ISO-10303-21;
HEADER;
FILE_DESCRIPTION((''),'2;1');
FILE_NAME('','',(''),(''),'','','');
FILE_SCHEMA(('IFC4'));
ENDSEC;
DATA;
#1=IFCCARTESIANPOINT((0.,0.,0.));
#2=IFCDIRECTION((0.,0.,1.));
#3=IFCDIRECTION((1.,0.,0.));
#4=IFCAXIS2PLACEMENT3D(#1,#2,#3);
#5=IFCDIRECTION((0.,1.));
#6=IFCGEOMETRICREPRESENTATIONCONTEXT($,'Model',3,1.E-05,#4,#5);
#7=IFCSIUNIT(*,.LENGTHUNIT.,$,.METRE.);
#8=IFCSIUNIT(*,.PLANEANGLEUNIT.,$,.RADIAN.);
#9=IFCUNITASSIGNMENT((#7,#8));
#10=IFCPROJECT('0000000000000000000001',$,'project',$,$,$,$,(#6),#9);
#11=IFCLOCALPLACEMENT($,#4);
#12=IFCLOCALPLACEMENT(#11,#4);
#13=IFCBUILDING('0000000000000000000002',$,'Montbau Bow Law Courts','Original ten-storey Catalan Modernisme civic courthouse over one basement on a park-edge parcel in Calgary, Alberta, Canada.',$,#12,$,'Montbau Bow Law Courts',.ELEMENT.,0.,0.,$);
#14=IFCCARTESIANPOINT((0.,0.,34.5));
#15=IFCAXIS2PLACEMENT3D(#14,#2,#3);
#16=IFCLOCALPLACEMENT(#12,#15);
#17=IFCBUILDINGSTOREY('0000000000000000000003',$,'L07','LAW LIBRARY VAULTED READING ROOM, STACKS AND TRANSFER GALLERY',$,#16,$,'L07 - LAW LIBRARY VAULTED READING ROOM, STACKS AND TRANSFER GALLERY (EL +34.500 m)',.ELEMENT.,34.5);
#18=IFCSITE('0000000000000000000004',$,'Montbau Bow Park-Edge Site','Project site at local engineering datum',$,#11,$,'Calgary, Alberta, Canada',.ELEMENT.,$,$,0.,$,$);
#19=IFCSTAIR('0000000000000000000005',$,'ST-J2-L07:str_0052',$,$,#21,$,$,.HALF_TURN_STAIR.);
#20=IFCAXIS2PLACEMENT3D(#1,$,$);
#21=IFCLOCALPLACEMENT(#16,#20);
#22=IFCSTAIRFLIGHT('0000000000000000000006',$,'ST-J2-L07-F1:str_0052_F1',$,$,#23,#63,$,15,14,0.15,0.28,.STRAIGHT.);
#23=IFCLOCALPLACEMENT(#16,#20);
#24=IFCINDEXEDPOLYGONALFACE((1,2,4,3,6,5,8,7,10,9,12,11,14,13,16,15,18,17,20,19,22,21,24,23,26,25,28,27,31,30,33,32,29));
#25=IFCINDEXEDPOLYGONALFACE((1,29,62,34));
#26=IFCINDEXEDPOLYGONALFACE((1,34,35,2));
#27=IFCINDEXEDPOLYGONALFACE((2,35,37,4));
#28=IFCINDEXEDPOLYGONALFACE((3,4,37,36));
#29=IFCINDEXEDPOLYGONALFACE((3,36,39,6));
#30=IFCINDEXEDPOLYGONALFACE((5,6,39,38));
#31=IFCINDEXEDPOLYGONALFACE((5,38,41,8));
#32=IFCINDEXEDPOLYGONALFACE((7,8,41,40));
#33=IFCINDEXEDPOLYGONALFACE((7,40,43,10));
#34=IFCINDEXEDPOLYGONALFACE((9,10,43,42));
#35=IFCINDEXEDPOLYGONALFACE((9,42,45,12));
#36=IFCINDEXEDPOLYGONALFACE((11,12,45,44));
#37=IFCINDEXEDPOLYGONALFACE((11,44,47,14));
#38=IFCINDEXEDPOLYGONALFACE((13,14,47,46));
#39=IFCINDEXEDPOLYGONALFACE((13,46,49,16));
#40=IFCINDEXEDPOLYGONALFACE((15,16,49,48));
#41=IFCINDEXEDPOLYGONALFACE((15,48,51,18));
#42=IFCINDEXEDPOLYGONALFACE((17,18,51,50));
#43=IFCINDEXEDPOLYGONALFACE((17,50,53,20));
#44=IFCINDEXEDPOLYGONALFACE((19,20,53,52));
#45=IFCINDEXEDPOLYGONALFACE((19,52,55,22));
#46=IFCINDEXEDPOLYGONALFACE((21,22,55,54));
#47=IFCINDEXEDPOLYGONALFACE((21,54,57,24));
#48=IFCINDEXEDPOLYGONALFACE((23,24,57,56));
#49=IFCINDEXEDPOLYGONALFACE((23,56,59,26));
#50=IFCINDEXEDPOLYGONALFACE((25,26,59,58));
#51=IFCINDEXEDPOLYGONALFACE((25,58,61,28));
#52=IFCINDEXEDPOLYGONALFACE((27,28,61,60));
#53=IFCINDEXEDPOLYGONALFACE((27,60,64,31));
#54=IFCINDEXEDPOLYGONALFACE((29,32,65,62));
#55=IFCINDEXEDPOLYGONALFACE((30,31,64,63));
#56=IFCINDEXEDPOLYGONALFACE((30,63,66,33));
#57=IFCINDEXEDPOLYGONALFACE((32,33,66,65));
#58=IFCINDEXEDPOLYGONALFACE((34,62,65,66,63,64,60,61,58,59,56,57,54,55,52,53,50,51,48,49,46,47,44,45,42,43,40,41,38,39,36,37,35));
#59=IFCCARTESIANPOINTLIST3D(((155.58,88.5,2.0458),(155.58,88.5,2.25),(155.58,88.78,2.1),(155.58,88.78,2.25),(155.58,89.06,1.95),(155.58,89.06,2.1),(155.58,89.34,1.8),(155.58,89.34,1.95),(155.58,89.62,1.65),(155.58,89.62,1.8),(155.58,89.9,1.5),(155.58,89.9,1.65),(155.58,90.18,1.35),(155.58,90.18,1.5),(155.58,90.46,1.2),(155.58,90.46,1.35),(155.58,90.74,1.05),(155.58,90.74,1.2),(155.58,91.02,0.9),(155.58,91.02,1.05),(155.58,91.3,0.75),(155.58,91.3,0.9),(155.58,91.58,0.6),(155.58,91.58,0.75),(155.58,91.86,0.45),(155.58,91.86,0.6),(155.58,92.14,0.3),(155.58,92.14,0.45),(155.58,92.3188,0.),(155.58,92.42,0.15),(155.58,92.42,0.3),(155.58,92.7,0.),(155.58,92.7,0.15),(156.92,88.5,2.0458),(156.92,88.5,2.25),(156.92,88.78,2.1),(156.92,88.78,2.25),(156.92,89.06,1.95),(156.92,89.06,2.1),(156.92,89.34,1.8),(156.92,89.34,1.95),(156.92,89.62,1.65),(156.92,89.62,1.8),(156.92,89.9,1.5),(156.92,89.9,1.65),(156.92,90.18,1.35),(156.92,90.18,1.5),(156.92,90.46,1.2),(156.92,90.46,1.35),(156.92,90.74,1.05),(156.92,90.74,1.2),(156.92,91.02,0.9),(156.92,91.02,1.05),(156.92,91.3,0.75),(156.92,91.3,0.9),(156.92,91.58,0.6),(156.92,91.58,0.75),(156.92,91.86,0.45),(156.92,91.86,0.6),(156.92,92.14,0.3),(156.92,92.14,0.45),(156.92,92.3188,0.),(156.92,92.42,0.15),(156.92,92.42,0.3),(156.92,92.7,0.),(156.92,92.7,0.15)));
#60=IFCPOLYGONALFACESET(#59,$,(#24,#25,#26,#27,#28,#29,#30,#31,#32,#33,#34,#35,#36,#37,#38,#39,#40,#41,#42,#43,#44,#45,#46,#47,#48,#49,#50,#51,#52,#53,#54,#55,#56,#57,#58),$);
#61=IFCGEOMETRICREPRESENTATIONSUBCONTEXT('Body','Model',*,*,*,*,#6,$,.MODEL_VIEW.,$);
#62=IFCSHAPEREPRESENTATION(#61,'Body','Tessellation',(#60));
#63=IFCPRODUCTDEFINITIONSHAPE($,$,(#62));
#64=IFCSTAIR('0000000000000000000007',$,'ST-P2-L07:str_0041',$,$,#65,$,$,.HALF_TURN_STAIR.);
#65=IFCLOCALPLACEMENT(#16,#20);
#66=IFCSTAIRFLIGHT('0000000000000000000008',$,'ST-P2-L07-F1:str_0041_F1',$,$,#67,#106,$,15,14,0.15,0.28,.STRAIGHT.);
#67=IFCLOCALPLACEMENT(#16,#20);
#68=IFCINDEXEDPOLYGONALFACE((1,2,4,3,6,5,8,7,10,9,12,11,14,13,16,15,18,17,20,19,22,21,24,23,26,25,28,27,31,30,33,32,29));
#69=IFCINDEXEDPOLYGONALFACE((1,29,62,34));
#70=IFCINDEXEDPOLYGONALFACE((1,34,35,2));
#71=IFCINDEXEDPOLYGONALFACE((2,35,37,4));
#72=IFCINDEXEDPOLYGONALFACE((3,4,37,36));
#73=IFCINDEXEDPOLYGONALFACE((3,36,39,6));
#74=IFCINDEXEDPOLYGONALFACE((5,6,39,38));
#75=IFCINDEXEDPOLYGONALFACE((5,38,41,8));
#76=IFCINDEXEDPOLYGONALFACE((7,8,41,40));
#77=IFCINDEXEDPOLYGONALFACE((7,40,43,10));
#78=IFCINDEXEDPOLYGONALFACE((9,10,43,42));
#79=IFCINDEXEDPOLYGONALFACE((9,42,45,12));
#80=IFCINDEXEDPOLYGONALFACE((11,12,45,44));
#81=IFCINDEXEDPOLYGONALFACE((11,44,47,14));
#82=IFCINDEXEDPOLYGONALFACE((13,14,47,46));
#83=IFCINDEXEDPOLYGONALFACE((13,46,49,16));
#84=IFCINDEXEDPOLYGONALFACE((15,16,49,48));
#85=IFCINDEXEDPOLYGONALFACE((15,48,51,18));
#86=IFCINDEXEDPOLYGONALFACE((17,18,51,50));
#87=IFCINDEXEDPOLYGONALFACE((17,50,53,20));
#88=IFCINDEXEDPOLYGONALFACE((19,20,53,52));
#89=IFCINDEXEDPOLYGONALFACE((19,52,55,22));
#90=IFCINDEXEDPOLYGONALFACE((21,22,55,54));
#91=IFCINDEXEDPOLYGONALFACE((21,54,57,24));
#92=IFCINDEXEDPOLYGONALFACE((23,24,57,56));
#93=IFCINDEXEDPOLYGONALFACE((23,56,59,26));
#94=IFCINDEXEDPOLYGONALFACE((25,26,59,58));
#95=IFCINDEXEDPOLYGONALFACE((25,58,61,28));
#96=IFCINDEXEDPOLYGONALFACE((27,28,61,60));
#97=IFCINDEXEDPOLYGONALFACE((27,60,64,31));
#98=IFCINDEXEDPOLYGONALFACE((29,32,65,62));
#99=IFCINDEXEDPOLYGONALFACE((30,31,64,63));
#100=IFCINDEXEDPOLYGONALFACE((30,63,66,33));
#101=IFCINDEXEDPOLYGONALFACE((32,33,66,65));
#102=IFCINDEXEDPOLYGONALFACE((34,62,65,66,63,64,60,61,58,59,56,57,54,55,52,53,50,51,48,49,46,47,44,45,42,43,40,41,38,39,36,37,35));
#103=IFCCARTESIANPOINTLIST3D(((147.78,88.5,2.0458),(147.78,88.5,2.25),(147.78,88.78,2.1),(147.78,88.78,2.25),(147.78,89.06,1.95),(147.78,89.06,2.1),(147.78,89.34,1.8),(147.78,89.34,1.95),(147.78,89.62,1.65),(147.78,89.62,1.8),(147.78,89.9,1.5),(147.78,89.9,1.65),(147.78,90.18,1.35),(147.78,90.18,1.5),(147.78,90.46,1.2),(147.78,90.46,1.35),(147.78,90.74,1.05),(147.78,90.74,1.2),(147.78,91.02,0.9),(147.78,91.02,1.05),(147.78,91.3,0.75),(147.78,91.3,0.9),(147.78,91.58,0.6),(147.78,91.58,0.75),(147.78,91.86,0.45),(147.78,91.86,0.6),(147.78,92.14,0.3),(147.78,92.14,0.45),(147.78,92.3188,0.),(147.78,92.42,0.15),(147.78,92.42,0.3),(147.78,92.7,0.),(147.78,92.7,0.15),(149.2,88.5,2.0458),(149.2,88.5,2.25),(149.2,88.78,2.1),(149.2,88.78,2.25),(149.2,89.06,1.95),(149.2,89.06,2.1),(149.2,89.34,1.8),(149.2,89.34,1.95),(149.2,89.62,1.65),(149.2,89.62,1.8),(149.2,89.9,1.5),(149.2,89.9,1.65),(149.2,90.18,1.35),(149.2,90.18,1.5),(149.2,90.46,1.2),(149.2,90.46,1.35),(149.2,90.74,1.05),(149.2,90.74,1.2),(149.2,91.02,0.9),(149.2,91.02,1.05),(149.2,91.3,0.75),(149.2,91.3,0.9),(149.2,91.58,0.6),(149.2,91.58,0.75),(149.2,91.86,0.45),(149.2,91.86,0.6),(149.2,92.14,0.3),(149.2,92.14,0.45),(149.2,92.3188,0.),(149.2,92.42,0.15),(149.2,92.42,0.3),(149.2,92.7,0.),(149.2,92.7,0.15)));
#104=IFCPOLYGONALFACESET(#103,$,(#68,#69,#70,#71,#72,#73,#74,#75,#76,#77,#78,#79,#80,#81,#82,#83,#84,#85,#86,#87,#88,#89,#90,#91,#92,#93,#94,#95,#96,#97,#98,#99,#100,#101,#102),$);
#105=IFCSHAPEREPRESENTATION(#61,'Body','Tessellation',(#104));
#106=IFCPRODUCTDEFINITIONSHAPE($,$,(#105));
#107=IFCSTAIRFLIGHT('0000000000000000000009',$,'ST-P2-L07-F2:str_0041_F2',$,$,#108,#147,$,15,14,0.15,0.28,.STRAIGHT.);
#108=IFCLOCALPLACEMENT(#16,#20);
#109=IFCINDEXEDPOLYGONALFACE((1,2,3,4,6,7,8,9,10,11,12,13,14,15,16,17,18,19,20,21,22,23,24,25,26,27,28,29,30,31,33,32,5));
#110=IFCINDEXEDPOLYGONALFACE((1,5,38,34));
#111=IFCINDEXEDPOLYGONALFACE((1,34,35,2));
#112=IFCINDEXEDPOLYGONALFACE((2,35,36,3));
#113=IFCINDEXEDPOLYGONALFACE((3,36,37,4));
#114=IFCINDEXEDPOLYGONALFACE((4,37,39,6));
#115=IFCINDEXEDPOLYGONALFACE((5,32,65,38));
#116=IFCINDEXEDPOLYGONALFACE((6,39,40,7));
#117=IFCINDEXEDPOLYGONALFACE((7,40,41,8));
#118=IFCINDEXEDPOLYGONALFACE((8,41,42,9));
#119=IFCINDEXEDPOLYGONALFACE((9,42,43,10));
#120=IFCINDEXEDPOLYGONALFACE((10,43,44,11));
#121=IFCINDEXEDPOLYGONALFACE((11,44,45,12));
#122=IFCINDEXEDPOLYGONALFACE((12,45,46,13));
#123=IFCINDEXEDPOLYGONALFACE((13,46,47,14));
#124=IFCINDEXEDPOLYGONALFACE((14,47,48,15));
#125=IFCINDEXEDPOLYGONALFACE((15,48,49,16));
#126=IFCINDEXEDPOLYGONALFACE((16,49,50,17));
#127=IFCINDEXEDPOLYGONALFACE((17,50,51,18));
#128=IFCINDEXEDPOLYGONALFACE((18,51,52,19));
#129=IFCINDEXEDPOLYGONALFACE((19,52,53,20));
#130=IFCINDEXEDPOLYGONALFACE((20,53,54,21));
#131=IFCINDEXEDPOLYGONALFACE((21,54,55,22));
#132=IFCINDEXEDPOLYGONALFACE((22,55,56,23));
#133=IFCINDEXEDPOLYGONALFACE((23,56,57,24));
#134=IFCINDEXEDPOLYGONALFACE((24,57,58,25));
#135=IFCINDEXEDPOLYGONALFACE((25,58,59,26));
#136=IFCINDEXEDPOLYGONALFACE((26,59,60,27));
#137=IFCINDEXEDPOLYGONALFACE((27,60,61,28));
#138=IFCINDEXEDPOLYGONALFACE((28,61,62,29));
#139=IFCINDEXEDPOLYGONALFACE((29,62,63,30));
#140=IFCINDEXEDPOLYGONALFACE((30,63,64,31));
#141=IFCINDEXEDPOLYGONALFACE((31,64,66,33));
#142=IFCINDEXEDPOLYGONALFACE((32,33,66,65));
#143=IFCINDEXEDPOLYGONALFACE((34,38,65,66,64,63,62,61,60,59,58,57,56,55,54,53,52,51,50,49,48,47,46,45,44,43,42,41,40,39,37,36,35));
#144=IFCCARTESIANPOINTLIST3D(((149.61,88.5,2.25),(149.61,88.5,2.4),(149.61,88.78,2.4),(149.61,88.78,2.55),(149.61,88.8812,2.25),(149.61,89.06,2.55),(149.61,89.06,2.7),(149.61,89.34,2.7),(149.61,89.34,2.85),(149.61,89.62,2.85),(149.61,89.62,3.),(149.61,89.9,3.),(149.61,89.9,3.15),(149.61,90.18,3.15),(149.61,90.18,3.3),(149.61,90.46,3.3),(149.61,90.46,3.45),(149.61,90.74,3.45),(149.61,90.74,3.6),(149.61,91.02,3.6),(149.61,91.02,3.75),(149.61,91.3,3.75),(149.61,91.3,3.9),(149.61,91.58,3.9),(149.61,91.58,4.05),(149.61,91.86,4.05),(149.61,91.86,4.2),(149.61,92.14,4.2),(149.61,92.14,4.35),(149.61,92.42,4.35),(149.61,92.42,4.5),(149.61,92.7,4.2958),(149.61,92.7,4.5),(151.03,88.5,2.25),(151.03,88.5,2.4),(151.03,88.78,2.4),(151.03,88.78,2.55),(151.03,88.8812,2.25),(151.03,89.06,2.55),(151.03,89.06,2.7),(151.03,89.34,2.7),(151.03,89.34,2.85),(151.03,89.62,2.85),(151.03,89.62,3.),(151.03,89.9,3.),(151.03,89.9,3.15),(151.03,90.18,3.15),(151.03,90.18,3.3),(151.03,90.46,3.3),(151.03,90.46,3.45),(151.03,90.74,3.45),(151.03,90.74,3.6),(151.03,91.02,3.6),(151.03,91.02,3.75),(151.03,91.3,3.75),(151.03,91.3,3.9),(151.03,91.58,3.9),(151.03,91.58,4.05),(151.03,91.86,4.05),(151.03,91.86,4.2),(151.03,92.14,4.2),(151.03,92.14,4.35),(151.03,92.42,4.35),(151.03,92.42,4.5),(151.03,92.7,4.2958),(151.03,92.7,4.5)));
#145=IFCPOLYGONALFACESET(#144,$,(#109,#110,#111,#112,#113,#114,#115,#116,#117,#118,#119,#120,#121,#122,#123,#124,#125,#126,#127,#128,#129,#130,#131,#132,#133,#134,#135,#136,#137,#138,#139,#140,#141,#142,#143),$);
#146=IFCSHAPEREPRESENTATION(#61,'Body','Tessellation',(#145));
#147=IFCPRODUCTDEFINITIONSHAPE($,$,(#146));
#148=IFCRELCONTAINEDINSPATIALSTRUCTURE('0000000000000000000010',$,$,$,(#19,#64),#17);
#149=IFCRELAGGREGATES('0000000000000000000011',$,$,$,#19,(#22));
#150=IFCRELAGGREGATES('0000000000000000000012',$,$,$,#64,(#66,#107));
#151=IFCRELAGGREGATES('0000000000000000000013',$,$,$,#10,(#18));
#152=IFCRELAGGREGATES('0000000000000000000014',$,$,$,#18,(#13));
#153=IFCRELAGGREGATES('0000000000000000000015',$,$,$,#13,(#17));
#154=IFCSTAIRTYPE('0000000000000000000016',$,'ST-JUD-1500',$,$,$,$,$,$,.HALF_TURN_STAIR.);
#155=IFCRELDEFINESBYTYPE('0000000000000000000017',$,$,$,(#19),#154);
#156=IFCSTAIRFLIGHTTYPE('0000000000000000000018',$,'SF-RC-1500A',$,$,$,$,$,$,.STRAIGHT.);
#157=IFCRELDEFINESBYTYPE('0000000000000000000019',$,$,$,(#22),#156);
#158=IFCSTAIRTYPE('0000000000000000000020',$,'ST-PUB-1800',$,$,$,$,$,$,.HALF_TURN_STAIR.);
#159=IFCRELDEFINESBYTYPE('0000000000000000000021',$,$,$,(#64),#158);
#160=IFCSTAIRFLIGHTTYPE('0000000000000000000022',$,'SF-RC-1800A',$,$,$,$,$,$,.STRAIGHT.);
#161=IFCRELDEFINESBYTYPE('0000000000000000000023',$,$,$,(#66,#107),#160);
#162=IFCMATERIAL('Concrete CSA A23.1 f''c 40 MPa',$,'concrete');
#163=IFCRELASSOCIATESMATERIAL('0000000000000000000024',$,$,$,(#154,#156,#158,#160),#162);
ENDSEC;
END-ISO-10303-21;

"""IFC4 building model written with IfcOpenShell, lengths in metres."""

from ifc_helpers import new_model, si_unit, direction, frame, origin_with_axes, place, context, subcontext, project, spatial, polyline, outline, extrude, material, type_object, element, aggregate, save


model = new_model("IFC4")

# Units and contexts
model_context = context("Model", 3, precision=1e-05, world=origin_with_axes(), true_north=direction((0.0, 1.0)))
body_context = subcontext(model_context, "Body", "Model", "MODEL_VIEW")
ifc_project = project(units=[si_unit("LENGTHUNIT", "METRE"), si_unit("PLANEANGLEUNIT", "RADIAN")], contexts=[model_context])

# Site, building, storey
site_placement = place(None, origin_with_axes())
site = spatial("IfcSite", under=ifc_project, at=site_placement, Name="Montbau Bow Park-Edge Site", Description="Project site at local engineering datum", LongName="Calgary, Alberta, Canada", CompositionType="ELEMENT", RefElevation=0.0)
building_placement = place(site_placement, origin_with_axes())
building = spatial("IfcBuilding", under=site, at=building_placement, Name="Montbau Bow Law Courts", Description="Original ten-storey Catalan Modernisme civic courthouse over one basement on a park-edge parcel in Calgary, Alberta, Canada.", LongName="Montbau Bow Law Courts", CompositionType="ELEMENT", ElevationOfRefHeight=0.0, ElevationOfTerrain=0.0)
storey_placement = place(building_placement, frame((0.0, 0.0, 34.5), z_axis=(0.0, 0.0, 1.0), x_axis=(1.0, 0.0, 0.0)))
storey = spatial("IfcBuildingStorey", under=building, at=storey_placement, Name="L07", Description="LAW LIBRARY VAULTED READING ROOM, STACKS AND TRANSFER GALLERY", LongName="L07 - LAW LIBRARY VAULTED READING ROOM, STACKS AND TRANSFER GALLERY (EL +34.500 m)", CompositionType="ELEMENT", Elevation=34.5)

# Stair, stair flight
ifc_material_1 = material(Name="Concrete CSA A23.1 f'c 40 MPa", Category="concrete")
stair_type_1 = type_object("IfcStairType", Name="ST-JUD-1500", PredefinedType="HALF_TURN_STAIR", material=ifc_material_1)
stair_1_placement = place(None, frame((156.25, 92.7, 34.5), z_axis=(0.0, 0.0, 1.0), x_axis=(1.0, 0.0, 0.0)))
stair_1 = element("IfcStair", 1, at=stair_1_placement, inside=storey, type_object=stair_type_1, Name="ST-J2-L07:str_0052", PredefinedType="HALF_TURN_STAIR")
stair_flight_type_1 = type_object("IfcStairFlightType", Name="SF-RC-1500A", PredefinedType="STRAIGHT", material=ifc_material_1)
stair_flight_1_placement = place(None, frame((156.25, 92.7, 34.5), z_axis=(0.0, 0.0, 1.0), x_axis=(0.0, -1.0, 0.0)))
stair_flight_1 = element("IfcStairFlight", 2, at=stair_flight_1_placement, type_object=stair_flight_type_1, Name="ST-J2-L07-F1:str_0052_F1", NumberOfRisers=15, NumberOfTreads=14, PredefinedType="STRAIGHT", RiserHeight=0.15, TreadLength=0.28, context=body_context, shape_type="SweptSolid", body=[
    extrude(outline(polyline([(0.0, 0.0), (0.0, 0.15), (0.28, 0.15), (0.28, 0.3), (0.56, 0.3), (0.56, 0.45), (0.84, 0.45), (0.84, 0.6), (1.12, 0.6), (1.12, 0.75), (1.4, 0.75), (1.4, 0.9), (1.68, 0.9), (1.68, 1.05), (1.96, 1.05), (1.96, 1.2), (2.24, 1.2), (2.24, 1.35), (2.52, 1.35), (2.52, 1.5), (2.8, 1.5), (2.8, 1.65), (3.08, 1.65), (3.08, 1.8), (3.36, 1.8), (3.36, 1.95), (3.64, 1.95), (3.64, 2.1), (3.92, 2.1), (3.92, 2.25), (4.2, 2.25), (4.2, 2.0458), (0.3812, 0.0), (0.0, 0.0)])), frame((0.0, 0.67, 0.0), z_axis=(0.0, -1.0, 0.0), x_axis=(1.0, 0.0, 0.0)), (0.0, 0.0, 1.0), 1.34),
])
aggregate(stair_1, [stair_flight_1])

# Stair, stair flights
stair_type_2 = type_object("IfcStairType", Name="ST-PUB-1800", PredefinedType="HALF_TURN_STAIR", material=ifc_material_1)
stair_2_placement = place(None, frame((148.49, 92.7, 34.5), z_axis=(0.0, 0.0, 1.0), x_axis=(1.0, 0.0, 0.0)))
stair_2 = element("IfcStair", 3, at=stair_2_placement, inside=storey, type_object=stair_type_2, Name="ST-P2-L07:str_0041", PredefinedType="HALF_TURN_STAIR")
stair_flight_type_2 = type_object("IfcStairFlightType", Name="SF-RC-1800A", PredefinedType="STRAIGHT", material=ifc_material_1)
stair_flight_2_placement = place(None, frame((148.49, 92.7, 34.5), z_axis=(0.0, 0.0, 1.0), x_axis=(0.0, -1.0, 0.0)))
stair_flight_2 = element("IfcStairFlight", 4, at=stair_flight_2_placement, type_object=stair_flight_type_2, Name="ST-P2-L07-F1:str_0041_F1", NumberOfRisers=15, NumberOfTreads=14, PredefinedType="STRAIGHT", RiserHeight=0.15, TreadLength=0.28, context=body_context, shape_type="SweptSolid", body=[
    extrude(outline(polyline([(0.0, 0.0), (0.0, 0.15), (0.28, 0.15), (0.28, 0.3), (0.56, 0.3), (0.56, 0.45), (0.84, 0.45), (0.84, 0.6), (1.12, 0.6), (1.12, 0.75), (1.4, 0.75), (1.4, 0.9), (1.68, 0.9), (1.68, 1.05), (1.96, 1.05), (1.96, 1.2), (2.24, 1.2), (2.24, 1.35), (2.52, 1.35), (2.52, 1.5), (2.8, 1.5), (2.8, 1.65), (3.08, 1.65), (3.08, 1.8), (3.36, 1.8), (3.36, 1.95), (3.64, 1.95), (3.64, 2.1), (3.92, 2.1), (3.92, 2.25), (4.2, 2.25), (4.2, 2.0458), (0.3812, 0.0), (0.0, 0.0)])), frame((0.0, 0.71, 0.0), z_axis=(0.0, -1.0, 0.0), x_axis=(1.0, 0.0, 0.0)), (0.0, 0.0, 1.0), 1.42),
])
stair_flight_3_placement = place(None, frame((150.32, 88.5, 36.75), z_axis=(0.0, 0.0, 1.0), x_axis=(0.0, 1.0, 0.0)))
stair_flight_3 = element("IfcStairFlight", 5, at=stair_flight_3_placement, type_object=stair_flight_type_2, Name="ST-P2-L07-F2:str_0041_F2", NumberOfRisers=15, NumberOfTreads=14, PredefinedType="STRAIGHT", RiserHeight=0.15, TreadLength=0.28, context=body_context, shape_type="SweptSolid", body=[
    extrude(outline(polyline([(0.0, 0.0), (0.0, 0.15), (0.28, 0.15), (0.28, 0.3), (0.56, 0.3), (0.56, 0.45), (0.84, 0.45), (0.84, 0.6), (1.12, 0.6), (1.12, 0.75), (1.4, 0.75), (1.4, 0.9), (1.68, 0.9), (1.68, 1.05), (1.96, 1.05), (1.96, 1.2), (2.24, 1.2), (2.24, 1.35), (2.52, 1.35), (2.52, 1.5), (2.8, 1.5), (2.8, 1.65), (3.08, 1.65), (3.08, 1.8), (3.36, 1.8), (3.36, 1.95), (3.64, 1.95), (3.64, 2.1), (3.92, 2.1), (3.92, 2.25), (4.2, 2.25), (4.2, 2.0458), (0.3812, 0.0), (0.0, 0.0)])), frame((0.0, 0.71, 0.0), z_axis=(0.0, -1.0, 0.0), x_axis=(1.0, 0.0, 0.0)), (0.0, 0.0, 1.0), 1.42),
])
aggregate(stair_2, [stair_flight_2, stair_flight_3])

save(model, "model.ifc")
